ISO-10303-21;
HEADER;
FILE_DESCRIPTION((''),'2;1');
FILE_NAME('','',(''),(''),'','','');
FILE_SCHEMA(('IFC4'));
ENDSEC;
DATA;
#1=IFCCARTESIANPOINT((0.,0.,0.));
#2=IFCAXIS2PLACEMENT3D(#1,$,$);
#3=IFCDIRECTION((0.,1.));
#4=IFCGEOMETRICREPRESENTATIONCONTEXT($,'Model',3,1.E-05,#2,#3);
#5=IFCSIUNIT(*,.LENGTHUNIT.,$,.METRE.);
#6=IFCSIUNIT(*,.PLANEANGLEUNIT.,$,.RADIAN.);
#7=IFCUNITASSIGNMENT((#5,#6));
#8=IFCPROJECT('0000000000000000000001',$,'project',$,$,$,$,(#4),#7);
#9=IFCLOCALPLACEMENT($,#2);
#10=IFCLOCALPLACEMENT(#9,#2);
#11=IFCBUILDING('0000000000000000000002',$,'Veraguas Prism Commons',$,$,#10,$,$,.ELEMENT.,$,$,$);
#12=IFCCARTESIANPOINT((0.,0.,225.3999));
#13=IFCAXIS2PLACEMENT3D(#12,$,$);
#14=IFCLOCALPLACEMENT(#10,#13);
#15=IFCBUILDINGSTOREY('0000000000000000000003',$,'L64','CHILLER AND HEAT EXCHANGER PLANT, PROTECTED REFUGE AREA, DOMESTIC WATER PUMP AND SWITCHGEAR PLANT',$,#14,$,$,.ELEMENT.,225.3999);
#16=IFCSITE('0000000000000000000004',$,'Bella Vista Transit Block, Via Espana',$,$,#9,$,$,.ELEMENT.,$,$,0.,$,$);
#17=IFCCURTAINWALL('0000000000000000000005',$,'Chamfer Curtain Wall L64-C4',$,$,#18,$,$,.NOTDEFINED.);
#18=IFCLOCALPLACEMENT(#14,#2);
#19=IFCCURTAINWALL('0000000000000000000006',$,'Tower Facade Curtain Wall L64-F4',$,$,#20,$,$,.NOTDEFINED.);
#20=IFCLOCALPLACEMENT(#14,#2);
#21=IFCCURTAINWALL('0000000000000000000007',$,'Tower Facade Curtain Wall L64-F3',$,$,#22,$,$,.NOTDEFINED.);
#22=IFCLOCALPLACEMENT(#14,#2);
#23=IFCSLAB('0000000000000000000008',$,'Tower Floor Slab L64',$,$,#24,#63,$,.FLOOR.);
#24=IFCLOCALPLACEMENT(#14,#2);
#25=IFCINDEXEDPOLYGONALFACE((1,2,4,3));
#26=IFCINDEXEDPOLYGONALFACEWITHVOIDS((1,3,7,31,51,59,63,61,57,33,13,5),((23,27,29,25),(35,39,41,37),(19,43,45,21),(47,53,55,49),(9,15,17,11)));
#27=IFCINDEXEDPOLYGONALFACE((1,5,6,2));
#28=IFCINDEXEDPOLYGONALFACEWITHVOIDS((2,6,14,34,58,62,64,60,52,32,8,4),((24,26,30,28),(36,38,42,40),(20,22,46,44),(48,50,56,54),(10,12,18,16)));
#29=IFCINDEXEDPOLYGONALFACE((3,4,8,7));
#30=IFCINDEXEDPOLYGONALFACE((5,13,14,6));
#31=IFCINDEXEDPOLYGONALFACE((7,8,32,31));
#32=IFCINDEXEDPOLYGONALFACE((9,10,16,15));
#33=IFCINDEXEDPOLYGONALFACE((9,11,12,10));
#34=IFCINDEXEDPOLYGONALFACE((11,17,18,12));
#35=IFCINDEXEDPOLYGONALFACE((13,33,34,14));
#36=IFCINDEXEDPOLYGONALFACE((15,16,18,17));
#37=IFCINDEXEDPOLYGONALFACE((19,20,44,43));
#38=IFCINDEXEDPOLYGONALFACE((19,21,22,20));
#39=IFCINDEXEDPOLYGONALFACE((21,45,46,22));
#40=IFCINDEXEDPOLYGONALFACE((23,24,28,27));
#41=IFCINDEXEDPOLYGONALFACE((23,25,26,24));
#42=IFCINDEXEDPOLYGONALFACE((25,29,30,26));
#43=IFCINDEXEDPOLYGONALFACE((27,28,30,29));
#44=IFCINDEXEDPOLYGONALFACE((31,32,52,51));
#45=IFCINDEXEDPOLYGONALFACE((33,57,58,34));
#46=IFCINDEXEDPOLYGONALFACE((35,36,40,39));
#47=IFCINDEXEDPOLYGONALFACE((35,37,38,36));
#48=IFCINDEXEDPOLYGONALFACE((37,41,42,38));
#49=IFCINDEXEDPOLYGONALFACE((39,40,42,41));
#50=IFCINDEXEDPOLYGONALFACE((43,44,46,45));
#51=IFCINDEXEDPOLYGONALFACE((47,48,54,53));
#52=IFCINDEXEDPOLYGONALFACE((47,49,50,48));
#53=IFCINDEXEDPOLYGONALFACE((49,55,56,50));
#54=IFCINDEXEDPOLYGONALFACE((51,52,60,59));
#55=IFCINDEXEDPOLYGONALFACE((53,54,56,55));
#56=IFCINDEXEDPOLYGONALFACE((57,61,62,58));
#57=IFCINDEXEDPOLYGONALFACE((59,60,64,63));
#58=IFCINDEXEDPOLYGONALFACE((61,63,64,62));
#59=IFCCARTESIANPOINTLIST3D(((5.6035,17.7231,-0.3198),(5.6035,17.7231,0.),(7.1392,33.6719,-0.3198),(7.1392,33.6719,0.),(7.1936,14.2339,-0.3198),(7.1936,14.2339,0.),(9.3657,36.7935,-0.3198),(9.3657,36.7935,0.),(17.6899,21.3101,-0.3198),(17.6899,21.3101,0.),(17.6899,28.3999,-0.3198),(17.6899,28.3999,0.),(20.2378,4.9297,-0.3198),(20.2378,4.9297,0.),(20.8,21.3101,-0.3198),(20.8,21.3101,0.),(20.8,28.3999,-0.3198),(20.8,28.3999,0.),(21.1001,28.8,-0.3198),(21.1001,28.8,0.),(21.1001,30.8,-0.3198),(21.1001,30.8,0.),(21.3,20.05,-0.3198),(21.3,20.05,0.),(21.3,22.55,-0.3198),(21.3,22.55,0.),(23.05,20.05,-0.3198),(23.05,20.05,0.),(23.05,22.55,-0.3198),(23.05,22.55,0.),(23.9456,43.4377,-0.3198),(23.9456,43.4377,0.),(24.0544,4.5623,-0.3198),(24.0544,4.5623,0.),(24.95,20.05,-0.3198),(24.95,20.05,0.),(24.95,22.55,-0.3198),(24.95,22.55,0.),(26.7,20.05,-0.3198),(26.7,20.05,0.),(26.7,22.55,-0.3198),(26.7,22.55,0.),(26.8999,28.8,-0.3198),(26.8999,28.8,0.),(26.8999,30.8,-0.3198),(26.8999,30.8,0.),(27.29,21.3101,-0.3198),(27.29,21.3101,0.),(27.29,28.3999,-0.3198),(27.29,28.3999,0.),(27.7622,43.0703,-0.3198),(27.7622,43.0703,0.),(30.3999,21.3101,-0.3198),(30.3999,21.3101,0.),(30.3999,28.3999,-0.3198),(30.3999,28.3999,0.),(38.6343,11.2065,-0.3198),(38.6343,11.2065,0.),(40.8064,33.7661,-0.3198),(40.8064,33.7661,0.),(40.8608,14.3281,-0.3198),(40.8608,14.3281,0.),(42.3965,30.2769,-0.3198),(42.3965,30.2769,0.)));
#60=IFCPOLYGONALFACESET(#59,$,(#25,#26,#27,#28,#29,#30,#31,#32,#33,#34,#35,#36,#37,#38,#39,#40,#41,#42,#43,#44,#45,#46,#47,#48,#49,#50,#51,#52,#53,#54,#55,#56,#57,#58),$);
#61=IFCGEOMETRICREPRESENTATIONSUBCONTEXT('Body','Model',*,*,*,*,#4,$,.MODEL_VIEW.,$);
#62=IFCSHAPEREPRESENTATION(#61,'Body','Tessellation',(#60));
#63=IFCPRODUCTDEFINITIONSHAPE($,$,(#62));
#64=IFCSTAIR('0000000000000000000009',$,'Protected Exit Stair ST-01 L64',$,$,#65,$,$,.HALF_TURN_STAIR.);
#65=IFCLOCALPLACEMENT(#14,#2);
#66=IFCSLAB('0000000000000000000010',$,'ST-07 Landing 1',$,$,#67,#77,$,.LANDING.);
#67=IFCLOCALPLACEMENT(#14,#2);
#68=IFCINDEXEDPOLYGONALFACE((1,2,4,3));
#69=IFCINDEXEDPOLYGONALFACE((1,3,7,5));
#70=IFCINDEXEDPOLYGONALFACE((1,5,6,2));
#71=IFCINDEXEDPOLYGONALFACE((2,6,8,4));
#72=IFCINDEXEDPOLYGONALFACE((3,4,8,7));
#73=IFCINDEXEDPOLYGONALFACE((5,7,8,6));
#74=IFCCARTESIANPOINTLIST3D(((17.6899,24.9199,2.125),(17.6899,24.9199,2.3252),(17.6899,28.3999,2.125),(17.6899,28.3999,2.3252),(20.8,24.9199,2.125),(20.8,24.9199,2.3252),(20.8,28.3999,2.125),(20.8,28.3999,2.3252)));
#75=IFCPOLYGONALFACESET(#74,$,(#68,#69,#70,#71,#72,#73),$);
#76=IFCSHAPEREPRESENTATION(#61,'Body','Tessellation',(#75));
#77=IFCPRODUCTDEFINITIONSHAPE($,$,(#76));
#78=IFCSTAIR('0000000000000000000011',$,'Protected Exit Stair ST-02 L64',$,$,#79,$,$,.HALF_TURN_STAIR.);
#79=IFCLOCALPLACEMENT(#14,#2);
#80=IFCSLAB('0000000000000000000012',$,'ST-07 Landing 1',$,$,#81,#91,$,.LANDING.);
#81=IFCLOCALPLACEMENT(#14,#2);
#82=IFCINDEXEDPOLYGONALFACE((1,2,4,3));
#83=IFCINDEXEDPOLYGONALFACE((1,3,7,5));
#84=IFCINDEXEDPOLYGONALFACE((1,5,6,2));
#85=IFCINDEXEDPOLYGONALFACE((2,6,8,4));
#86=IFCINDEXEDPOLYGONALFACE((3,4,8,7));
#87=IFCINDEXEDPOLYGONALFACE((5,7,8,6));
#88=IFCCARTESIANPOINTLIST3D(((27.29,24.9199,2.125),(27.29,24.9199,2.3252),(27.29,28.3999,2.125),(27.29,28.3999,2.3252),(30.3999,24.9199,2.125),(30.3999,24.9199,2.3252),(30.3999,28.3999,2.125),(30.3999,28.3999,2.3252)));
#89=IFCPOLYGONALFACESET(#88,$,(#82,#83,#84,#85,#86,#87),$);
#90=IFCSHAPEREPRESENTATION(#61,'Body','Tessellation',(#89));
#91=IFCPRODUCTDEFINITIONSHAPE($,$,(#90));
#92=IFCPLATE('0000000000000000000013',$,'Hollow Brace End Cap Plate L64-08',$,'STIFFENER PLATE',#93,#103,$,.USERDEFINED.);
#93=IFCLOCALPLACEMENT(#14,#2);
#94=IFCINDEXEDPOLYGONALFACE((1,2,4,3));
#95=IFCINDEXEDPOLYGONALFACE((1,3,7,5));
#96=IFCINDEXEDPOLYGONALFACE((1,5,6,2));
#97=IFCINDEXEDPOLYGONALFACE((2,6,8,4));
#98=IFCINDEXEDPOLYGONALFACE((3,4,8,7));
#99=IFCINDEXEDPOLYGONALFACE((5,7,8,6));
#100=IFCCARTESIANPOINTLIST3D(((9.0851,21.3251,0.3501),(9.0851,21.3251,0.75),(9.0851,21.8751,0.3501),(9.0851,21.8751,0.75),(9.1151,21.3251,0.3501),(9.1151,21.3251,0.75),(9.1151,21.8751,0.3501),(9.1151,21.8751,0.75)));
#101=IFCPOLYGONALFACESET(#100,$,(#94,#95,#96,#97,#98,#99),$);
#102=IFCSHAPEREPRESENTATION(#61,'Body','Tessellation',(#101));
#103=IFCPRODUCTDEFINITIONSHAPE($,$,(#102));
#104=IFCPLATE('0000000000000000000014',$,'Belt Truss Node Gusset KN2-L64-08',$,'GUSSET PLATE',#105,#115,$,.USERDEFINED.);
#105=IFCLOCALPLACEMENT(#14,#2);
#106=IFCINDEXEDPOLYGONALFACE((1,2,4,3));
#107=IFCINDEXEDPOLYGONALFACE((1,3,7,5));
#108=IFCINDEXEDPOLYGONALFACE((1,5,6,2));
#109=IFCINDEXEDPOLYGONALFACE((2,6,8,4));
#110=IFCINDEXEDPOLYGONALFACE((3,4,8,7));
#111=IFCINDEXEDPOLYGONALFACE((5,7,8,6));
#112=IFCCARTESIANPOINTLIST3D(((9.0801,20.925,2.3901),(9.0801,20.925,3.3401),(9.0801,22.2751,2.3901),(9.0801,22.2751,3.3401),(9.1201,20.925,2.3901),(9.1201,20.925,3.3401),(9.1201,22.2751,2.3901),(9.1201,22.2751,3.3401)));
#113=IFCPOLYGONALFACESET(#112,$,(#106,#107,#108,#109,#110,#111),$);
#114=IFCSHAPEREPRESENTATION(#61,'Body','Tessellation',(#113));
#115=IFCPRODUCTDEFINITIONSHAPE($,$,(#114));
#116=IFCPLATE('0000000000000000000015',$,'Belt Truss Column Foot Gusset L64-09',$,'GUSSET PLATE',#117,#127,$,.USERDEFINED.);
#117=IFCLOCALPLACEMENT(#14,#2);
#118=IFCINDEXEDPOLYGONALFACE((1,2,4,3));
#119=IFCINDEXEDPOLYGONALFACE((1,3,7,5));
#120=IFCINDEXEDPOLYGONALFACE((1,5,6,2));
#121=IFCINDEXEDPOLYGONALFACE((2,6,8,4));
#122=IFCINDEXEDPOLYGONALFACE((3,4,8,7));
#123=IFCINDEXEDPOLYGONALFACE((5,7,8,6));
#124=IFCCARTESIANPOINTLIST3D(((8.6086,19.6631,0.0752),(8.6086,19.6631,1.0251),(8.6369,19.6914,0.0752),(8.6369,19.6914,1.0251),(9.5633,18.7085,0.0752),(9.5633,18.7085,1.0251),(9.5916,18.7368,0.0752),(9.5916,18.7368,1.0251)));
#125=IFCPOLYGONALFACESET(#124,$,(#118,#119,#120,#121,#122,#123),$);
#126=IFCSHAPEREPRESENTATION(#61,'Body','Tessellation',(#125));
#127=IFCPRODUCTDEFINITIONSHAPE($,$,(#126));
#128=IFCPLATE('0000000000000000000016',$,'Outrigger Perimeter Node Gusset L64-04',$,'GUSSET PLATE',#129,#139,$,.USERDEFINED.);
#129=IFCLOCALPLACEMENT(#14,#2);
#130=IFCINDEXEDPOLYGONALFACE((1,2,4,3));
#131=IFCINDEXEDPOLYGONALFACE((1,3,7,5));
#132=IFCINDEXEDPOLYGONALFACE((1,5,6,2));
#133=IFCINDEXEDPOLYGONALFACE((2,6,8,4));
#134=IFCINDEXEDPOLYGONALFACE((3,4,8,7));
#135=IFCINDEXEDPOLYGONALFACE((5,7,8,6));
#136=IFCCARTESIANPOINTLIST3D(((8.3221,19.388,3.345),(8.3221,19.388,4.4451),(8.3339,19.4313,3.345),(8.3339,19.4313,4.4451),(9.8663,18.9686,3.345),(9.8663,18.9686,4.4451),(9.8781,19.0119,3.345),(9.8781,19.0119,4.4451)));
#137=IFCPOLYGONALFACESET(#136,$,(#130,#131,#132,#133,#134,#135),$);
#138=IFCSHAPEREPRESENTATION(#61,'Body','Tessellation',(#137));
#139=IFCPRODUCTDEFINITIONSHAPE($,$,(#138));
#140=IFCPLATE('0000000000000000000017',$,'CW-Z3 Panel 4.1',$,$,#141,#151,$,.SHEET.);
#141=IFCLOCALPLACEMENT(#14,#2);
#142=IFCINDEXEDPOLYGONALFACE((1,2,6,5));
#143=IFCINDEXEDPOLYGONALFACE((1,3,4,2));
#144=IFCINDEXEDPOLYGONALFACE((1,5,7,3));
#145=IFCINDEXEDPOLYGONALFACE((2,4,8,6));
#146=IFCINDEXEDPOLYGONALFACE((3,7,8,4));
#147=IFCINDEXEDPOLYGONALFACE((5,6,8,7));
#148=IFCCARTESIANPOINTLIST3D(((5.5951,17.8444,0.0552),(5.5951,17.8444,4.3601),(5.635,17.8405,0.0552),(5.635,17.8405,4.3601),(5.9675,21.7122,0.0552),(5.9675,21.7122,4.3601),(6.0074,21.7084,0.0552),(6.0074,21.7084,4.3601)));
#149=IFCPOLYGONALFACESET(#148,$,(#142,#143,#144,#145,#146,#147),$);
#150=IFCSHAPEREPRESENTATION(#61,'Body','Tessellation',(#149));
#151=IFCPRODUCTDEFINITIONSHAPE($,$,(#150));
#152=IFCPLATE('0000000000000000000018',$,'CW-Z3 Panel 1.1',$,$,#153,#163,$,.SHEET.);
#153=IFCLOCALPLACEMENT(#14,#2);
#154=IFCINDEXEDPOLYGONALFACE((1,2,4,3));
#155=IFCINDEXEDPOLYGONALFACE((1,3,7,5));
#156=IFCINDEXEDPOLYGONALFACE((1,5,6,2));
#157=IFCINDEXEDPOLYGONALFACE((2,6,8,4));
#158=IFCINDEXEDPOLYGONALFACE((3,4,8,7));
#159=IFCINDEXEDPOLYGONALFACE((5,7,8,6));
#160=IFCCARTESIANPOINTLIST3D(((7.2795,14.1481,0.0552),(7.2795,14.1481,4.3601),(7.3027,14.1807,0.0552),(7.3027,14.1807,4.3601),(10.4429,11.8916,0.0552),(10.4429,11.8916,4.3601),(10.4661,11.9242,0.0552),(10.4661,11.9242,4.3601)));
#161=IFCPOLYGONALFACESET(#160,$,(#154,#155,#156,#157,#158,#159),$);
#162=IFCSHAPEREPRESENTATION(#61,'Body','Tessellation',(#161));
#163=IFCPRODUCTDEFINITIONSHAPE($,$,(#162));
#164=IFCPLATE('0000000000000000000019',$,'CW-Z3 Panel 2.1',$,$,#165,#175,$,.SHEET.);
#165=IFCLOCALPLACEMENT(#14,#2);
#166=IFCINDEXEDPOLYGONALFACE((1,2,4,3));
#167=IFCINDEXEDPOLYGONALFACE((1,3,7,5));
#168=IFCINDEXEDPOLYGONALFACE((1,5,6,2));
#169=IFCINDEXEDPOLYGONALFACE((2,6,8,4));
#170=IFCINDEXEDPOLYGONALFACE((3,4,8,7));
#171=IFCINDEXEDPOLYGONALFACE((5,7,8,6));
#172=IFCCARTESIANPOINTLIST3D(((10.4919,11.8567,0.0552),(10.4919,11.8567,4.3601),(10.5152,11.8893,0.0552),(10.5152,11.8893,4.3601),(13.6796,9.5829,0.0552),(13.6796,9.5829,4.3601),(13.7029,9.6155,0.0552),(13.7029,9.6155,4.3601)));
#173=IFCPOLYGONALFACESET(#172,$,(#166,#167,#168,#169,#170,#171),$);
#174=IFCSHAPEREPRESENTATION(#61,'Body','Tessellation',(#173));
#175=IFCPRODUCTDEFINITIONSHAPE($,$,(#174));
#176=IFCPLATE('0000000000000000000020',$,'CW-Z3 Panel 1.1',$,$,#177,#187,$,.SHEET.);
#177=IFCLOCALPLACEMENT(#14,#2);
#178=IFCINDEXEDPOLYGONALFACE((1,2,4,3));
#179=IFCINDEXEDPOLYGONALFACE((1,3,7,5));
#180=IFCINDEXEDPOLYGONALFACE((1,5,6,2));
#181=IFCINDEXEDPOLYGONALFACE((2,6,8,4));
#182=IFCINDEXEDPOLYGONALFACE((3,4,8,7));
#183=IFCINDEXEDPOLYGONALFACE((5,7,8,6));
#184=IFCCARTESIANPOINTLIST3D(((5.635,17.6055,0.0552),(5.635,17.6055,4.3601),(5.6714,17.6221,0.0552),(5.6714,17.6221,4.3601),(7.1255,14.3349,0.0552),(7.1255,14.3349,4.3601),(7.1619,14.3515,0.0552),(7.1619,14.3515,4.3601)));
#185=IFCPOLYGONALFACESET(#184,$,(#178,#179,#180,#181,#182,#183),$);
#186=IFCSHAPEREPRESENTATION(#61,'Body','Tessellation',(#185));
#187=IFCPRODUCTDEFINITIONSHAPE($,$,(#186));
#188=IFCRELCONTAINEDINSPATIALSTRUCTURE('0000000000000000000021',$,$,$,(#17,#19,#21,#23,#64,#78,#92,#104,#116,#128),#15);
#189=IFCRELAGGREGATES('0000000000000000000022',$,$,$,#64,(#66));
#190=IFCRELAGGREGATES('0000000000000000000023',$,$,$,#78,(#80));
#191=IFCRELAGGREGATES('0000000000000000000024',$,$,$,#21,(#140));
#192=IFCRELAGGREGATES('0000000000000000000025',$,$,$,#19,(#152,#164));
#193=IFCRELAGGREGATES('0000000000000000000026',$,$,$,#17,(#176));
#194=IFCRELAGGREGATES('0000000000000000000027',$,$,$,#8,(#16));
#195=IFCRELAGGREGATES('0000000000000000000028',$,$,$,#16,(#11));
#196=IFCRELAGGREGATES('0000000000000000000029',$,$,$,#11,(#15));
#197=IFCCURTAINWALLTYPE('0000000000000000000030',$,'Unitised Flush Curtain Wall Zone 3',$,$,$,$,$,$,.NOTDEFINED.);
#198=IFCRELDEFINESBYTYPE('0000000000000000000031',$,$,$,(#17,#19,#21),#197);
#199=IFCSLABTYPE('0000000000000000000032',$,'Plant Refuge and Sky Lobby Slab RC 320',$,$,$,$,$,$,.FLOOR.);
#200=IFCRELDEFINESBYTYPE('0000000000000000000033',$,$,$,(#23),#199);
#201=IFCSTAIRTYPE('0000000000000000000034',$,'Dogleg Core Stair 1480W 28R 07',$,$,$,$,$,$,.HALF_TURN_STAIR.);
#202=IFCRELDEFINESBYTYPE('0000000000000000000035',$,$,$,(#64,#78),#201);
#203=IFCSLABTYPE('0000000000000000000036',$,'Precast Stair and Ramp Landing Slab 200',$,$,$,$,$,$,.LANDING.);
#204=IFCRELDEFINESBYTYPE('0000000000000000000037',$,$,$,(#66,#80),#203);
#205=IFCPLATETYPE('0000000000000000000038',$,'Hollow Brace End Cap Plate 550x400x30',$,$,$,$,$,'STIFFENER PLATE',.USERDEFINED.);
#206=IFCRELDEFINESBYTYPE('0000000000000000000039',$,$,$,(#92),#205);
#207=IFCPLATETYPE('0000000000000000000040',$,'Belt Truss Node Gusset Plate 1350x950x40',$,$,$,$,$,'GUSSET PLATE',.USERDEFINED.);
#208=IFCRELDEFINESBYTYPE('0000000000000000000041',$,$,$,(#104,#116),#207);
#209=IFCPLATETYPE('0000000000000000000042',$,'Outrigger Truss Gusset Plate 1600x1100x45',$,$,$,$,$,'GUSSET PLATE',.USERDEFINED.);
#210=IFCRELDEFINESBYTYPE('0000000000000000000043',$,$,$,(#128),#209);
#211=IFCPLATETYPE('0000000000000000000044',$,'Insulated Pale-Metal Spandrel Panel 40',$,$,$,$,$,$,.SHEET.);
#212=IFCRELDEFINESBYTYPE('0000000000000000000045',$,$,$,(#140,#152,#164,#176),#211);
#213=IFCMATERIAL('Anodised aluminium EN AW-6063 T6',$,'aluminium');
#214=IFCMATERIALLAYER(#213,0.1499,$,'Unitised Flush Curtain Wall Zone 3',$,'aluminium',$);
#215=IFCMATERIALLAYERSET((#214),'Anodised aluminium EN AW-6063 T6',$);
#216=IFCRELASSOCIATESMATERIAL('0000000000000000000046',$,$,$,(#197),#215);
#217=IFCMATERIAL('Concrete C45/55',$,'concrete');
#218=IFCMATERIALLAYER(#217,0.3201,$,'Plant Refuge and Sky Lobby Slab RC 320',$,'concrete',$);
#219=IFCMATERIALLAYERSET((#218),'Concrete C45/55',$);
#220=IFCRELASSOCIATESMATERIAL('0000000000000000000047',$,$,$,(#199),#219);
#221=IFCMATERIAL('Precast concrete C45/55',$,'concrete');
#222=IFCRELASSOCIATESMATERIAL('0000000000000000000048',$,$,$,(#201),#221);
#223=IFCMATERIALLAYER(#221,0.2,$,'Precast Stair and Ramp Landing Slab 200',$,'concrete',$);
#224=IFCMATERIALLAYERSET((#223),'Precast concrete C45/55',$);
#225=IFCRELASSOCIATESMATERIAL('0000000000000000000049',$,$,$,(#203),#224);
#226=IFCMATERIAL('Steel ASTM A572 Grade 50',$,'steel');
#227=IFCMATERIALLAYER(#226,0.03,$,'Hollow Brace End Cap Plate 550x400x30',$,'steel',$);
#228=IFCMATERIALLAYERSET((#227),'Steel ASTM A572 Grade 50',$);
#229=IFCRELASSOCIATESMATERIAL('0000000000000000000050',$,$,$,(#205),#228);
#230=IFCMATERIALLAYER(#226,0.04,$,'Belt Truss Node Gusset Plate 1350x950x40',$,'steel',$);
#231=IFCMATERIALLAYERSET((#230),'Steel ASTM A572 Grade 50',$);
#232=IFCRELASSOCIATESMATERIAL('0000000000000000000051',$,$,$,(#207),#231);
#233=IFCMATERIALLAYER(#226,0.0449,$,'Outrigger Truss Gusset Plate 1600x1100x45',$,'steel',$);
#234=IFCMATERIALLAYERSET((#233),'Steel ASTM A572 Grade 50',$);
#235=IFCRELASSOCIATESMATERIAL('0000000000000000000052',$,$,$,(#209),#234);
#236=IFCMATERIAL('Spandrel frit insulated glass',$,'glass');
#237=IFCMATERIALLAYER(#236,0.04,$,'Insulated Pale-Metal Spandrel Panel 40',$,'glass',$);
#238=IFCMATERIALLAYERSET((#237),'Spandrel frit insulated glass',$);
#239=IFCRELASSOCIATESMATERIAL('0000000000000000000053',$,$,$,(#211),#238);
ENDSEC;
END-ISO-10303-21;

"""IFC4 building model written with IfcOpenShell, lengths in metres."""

from ifc_helpers import new_model, si_unit, direction, frame, origin, origin_2d, place, context, subcontext, project, spatial, polyline, rectangle, outline, extrude, source, transform, mapped, material, layer, layer_set, type_object, element, aggregate, save


model = new_model("IFC4")

# Units and contexts
model_context = context("Model", 3, precision=1e-05, world=origin(), true_north=direction((0.0, 1.0)))
body_context = subcontext(model_context, "Body", "Model", "MODEL_VIEW")
ifc_project = project(units=[si_unit("LENGTHUNIT", "METRE"), si_unit("PLANEANGLEUNIT", "RADIAN")], contexts=[model_context])

# Site, building, storey
site_placement = place(None, origin())
site = spatial("IfcSite", under=ifc_project, at=site_placement, Name="Bella Vista Transit Block, Via Espana", CompositionType="ELEMENT", RefElevation=0.0)
building_placement = place(site_placement, origin())
building = spatial("IfcBuilding", under=site, at=building_placement, Name="Veraguas Prism Commons", CompositionType="ELEMENT")
storey_placement = place(building_placement, frame((0.0, 0.0, 225.3999)))
storey = spatial("IfcBuildingStorey", under=building, at=storey_placement, Name="L64", Description="CHILLER AND HEAT EXCHANGER PLANT, PROTECTED REFUGE AREA, DOMESTIC WATER PUMP AND SWITCHGEAR PLANT", CompositionType="ELEMENT", Elevation=225.3999)

# Curtain walls
ifc_material_1 = material(Name="Anodised aluminium EN AW-6063 T6", Category="aluminium")
ifc_layer_1 = layer(ifc_material_1, 0.1499, Name="Unitised Flush Curtain Wall Zone 3", Category="aluminium")
ifc_layer_set_1 = layer_set([ifc_layer_1], Name="Anodised aluminium EN AW-6063 T6")
curtain_wall_type = type_object("IfcCurtainWallType", Name="Unitised Flush Curtain Wall Zone 3", PredefinedType="NOTDEFINED", material=ifc_layer_set_1)
curtain_wall_1_placement = place(storey_placement, origin())
curtain_wall_1 = element("IfcCurtainWall", 1, at=curtain_wall_1_placement, inside=storey, type_object=curtain_wall_type, Name="Chamfer Curtain Wall L64-C4", PredefinedType="NOTDEFINED")
curtain_wall_2_placement = place(storey_placement, origin())
curtain_wall_2 = element("IfcCurtainWall", 2, at=curtain_wall_2_placement, inside=storey, type_object=curtain_wall_type, Name="Tower Facade Curtain Wall L64-F4", PredefinedType="NOTDEFINED")
curtain_wall_3_placement = place(storey_placement, origin())
curtain_wall_3 = element("IfcCurtainWall", 3, at=curtain_wall_3_placement, inside=storey, type_object=curtain_wall_type, Name="Tower Facade Curtain Wall L64-F3", PredefinedType="NOTDEFINED")

# Slab
ifc_material_2 = material(Name="Concrete C45/55", Category="concrete")
ifc_layer_2 = layer(ifc_material_2, 0.3201, Name="Plant Refuge and Sky Lobby Slab RC 320", Category="concrete")
ifc_layer_set_2 = layer_set([ifc_layer_2], Name="Concrete C45/55")
slab_type_1 = type_object("IfcSlabType", Name="Plant Refuge and Sky Lobby Slab RC 320", PredefinedType="FLOOR", material=ifc_layer_set_2)
slab_1_placement = place(storey_placement, frame((0.0, 0.0, -0.3198)))
element("IfcSlab", 4, at=slab_1_placement, inside=storey, type_object=slab_type_1, Name="Tower Floor Slab L64", PredefinedType="FLOOR", context=body_context, shape_type="SweptSolid", body=[
    extrude(outline(polyline([(42.3965, 30.2769), (40.8064, 33.7661), (27.7622, 43.0703), (23.9456, 43.4377), (9.3657, 36.7935), (7.1392, 33.6719), (5.6035, 17.7231), (7.1936, 14.2339), (20.2378, 4.9297), (24.0544, 4.5623), (38.6343, 11.2065), (40.8608, 14.3281), (42.3965, 30.2769)]), holes=[polyline([(20.8, 21.3101), (20.8, 28.3999), (17.6899, 28.3999), (17.6899, 21.3101), (20.8, 21.3101)]), polyline([(30.3999, 21.3101), (30.3999, 28.3999), (27.29, 28.3999), (27.29, 21.3101), (30.3999, 21.3101)]), polyline([(21.1001, 28.8), (26.8999, 28.8), (26.8999, 30.8), (21.1001, 30.8), (21.1001, 28.8)]), polyline([(21.3, 20.05), (23.05, 20.05), (23.05, 22.55), (21.3, 22.55), (21.3, 20.05)]), polyline([(24.95, 20.05), (26.7, 20.05), (26.7, 22.55), (24.95, 22.55), (24.95, 20.05)])]), origin(), (0.0, 0.0, 1.0), 0.3198),
])

# Stairs, slabs
ifc_material_3 = material(Name="Precast concrete C45/55", Category="concrete")
stair_type = type_object("IfcStairType", Name="Dogleg Core Stair 1480W 28R 07", PredefinedType="HALF_TURN_STAIR", material=ifc_material_3)
stair_1_placement = place(storey_placement, origin())
stair_1 = element("IfcStair", 5, at=stair_1_placement, inside=storey, type_object=stair_type, Name="Protected Exit Stair ST-01 L64", PredefinedType="HALF_TURN_STAIR")
ifc_layer_3 = layer(ifc_material_3, 0.2, Name="Precast Stair and Ramp Landing Slab 200", Category="concrete")
ifc_layer_set_3 = layer_set([ifc_layer_3], Name="Precast concrete C45/55")
slab_type_2 = type_object("IfcSlabType", Name="Precast Stair and Ramp Landing Slab 200", PredefinedType="LANDING", material=ifc_layer_set_3)
slab_2_placement = place(storey_placement, frame((0.0, 0.0, 2.125)))
slab_2 = element("IfcSlab", 6, at=slab_2_placement, type_object=slab_type_2, Name="ST-07 Landing 1", PredefinedType="LANDING", context=body_context, shape_type="SweptSolid", body=[
    extrude(outline(polyline([(20.8, 24.9199), (20.8, 28.3999), (17.6899, 28.3999), (17.6899, 24.9199), (20.8, 24.9199)])), origin(), (0.0, 0.0, 1.0), 0.2002),
])
aggregate(stair_1, [slab_2])
stair_2_placement = place(storey_placement, origin())
stair_2 = element("IfcStair", 7, at=stair_2_placement, inside=storey, type_object=stair_type, Name="Protected Exit Stair ST-02 L64", PredefinedType="HALF_TURN_STAIR")
slab_3_placement = place(storey_placement, frame((0.0, 0.0, 2.125)))
slab_3 = element("IfcSlab", 8, at=slab_3_placement, type_object=slab_type_2, Name="ST-07 Landing 1", PredefinedType="LANDING", context=body_context, shape_type="SweptSolid", body=[
    extrude(outline(polyline([(30.3999, 24.9199), (30.3999, 28.3999), (27.29, 28.3999), (27.29, 24.9199), (30.3999, 24.9199)])), origin(), (0.0, 0.0, 1.0), 0.2002),
])
aggregate(stair_2, [slab_3])

# Plates
ifc_material_4 = material(Name="Steel ASTM A572 Grade 50", Category="steel")
ifc_layer_4 = layer(ifc_material_4, 0.03, Name="Hollow Brace End Cap Plate 550x400x30", Category="steel")
ifc_layer_set_4 = layer_set([ifc_layer_4], Name="Steel ASTM A572 Grade 50")
plate_type_1 = type_object("IfcPlateType", Name="Hollow Brace End Cap Plate 550x400x30", ElementType="STIFFENER PLATE", PredefinedType="USERDEFINED", material=ifc_layer_set_4)
shared_shape_1 = source(origin(), body_context, "Body", "SweptSolid", [
    extrude(rectangle(XDim=0.55, YDim=0.03, at=origin_2d()), origin(), (0.0, 0.0, 1.0), 0.3999),
])
plate_1_placement = place(storey_placement, frame((9.1001, 21.6001, 0.3501), z_axis=(0.0, 0.0, 1.0), x_axis=(0.0, -1.0, 0.0)))
element("IfcPlate", 9, at=plate_1_placement, inside=storey, type_object=plate_type_1, Name="Hollow Brace End Cap Plate L64-08", ObjectType="STIFFENER PLATE", PredefinedType="USERDEFINED", context=body_context, shape_type="MappedRepresentation", body=[
    mapped(shared_shape_1, transform((0.0, 0.0, 0.0), scale=1.0)),
])
ifc_layer_5 = layer(ifc_material_4, 0.04, Name="Belt Truss Node Gusset Plate 1350x950x40", Category="steel")
ifc_layer_set_5 = layer_set([ifc_layer_5], Name="Steel ASTM A572 Grade 50")
plate_type_2 = type_object("IfcPlateType", Name="Belt Truss Node Gusset Plate 1350x950x40", ElementType="GUSSET PLATE", PredefinedType="USERDEFINED", material=ifc_layer_set_5)
shared_shape_2 = source(origin(), body_context, "Body", "SweptSolid", [
    extrude(rectangle(XDim=1.3501, YDim=0.04, at=origin_2d()), origin(), (0.0, 0.0, 1.0), 0.95),
])
for number, where, z_axis, x_axis, name in (
    (10, (9.1001, 21.6001, 2.3901), (0.0, 0.0, 1.0), (0.0, -1.0, 0.0), "Belt Truss Node Gusset KN2-L64-08"),
    (11, (9.1001, 19.2, 0.0752), (0.0, 0.0, 1.0), (0.707107, -0.707107, 0.0), "Belt Truss Column Foot Gusset L64-09"),
):
    element("IfcPlate", number, at=place(storey_placement, frame(where, z_axis=z_axis, x_axis=x_axis)), inside=storey, type_object=plate_type_2, Name=name, ObjectType="GUSSET PLATE", PredefinedType="USERDEFINED", context=body_context, shape_type="MappedRepresentation", body=[
        mapped(shared_shape_2, transform((0.0, 0.0, 0.0), scale=1.0)),
    ])
ifc_layer_6 = layer(ifc_material_4, 0.0449, Name="Outrigger Truss Gusset Plate 1600x1100x45", Category="steel")
ifc_layer_set_6 = layer_set([ifc_layer_6], Name="Steel ASTM A572 Grade 50")
plate_type_3 = type_object("IfcPlateType", Name="Outrigger Truss Gusset Plate 1600x1100x45", ElementType="GUSSET PLATE", PredefinedType="USERDEFINED", material=ifc_layer_set_6)
shared_shape_3 = source(origin(), body_context, "Body", "SweptSolid", [
    extrude(rectangle(XDim=1.6001, YDim=0.0449, at=origin_2d()), origin(), (0.0, 0.0, 1.0), 1.1001),
])
plate_2_placement = place(storey_placement, frame((9.1001, 19.2, 3.345), z_axis=(0.0, 0.0, 1.0), x_axis=(-0.965038, 0.262108, 0.0)))
element("IfcPlate", 12, at=plate_2_placement, inside=storey, type_object=plate_type_3, Name="Outrigger Perimeter Node Gusset L64-04", ObjectType="GUSSET PLATE", PredefinedType="USERDEFINED", context=body_context, shape_type="MappedRepresentation", body=[
    mapped(shared_shape_3, transform((0.0, 0.0, 0.0), scale=1.0)),
])

# Plates
ifc_material_5 = material(Name="Spandrel frit insulated glass", Category="glass")
ifc_layer_7 = layer(ifc_material_5, 0.04, Name="Insulated Pale-Metal Spandrel Panel 40", Category="glass")
ifc_layer_set_7 = layer_set([ifc_layer_7], Name="Spandrel frit insulated glass")
plate_type_4 = type_object("IfcPlateType", Name="Insulated Pale-Metal Spandrel Panel 40", PredefinedType="SHEET", material=ifc_layer_set_7)
shared_shape_4 = source(origin(), body_context, "Body", "SweptSolid", [
    extrude(rectangle(XDim=3.8857, YDim=0.04, at=origin_2d()), origin(), (0.0, 0.0, 1.0), 4.3049),
])
plate_3_placement = place(storey_placement, frame((5.8013, 19.7764, 0.0552), z_axis=(0.0, 0.0, 1.0), x_axis=(-0.095841, -0.995397, 0.0)))
plate_3 = element("IfcPlate", 13, at=plate_3_placement, type_object=plate_type_4, Name="CW-Z3 Panel 4.1", PredefinedType="SHEET", context=body_context, shape_type="MappedRepresentation", body=[
    mapped(shared_shape_4, transform((0.0, 0.0, 0.0), scale=1.0)),
])
aggregate(curtain_wall_3, [plate_3])
plate_4_placement = place(storey_placement, frame((8.8728, 13.0361, 0.0552), z_axis=(0.0, 0.0, 1.0), x_axis=(0.814113, -0.580706, 0.0)))
plate_4 = element("IfcPlate", 14, at=plate_4_placement, type_object=plate_type_4, Name="CW-Z3 Panel 1.1", PredefinedType="SHEET", context=body_context, shape_type="MappedRepresentation", body=[
    mapped(shared_shape_4, transform((0.0, 0.0, 0.0), scale=1.0)),
])
shared_shape_5 = source(origin(), body_context, "Body", "SweptSolid", [
    extrude(rectangle(XDim=3.9155, YDim=0.04, at=origin_2d()), origin(), (0.0, 0.0, 1.0), 4.3049),
])
plate_5_placement = place(storey_placement, frame((12.0974, 10.7361, 0.0552), z_axis=(0.0, 0.0, 1.0), x_axis=(0.814113, -0.580706, 0.0)))
plate_5 = element("IfcPlate", 15, at=plate_5_placement, type_object=plate_type_4, Name="CW-Z3 Panel 2.1", PredefinedType="SHEET", context=body_context, shape_type="MappedRepresentation", body=[
    mapped(shared_shape_5, transform((0.0, 0.0, 0.0), scale=1.0)),
])
aggregate(curtain_wall_2, [plate_4, plate_5])
shared_shape_6 = source(origin(), body_context, "Body", "SweptSolid", [
    extrude(rectangle(XDim=3.5942, YDim=0.04, at=origin_2d()), origin(), (0.0, 0.0, 1.0), 4.3049),
])
plate_6_placement = place(storey_placement, frame((6.3984, 15.9785, 0.0552), z_axis=(0.0, 0.0, 1.0), x_axis=(0.414692, -0.909962, 0.0)))
plate_6 = element("IfcPlate", 16, at=plate_6_placement, type_object=plate_type_4, Name="CW-Z3 Panel 1.1", PredefinedType="SHEET", context=body_context, shape_type="MappedRepresentation", body=[
    mapped(shared_shape_6, transform((0.0, 0.0, 0.0), scale=1.0)),
])
aggregate(curtain_wall_1, [plate_6])

save(model, "model.ifc")
